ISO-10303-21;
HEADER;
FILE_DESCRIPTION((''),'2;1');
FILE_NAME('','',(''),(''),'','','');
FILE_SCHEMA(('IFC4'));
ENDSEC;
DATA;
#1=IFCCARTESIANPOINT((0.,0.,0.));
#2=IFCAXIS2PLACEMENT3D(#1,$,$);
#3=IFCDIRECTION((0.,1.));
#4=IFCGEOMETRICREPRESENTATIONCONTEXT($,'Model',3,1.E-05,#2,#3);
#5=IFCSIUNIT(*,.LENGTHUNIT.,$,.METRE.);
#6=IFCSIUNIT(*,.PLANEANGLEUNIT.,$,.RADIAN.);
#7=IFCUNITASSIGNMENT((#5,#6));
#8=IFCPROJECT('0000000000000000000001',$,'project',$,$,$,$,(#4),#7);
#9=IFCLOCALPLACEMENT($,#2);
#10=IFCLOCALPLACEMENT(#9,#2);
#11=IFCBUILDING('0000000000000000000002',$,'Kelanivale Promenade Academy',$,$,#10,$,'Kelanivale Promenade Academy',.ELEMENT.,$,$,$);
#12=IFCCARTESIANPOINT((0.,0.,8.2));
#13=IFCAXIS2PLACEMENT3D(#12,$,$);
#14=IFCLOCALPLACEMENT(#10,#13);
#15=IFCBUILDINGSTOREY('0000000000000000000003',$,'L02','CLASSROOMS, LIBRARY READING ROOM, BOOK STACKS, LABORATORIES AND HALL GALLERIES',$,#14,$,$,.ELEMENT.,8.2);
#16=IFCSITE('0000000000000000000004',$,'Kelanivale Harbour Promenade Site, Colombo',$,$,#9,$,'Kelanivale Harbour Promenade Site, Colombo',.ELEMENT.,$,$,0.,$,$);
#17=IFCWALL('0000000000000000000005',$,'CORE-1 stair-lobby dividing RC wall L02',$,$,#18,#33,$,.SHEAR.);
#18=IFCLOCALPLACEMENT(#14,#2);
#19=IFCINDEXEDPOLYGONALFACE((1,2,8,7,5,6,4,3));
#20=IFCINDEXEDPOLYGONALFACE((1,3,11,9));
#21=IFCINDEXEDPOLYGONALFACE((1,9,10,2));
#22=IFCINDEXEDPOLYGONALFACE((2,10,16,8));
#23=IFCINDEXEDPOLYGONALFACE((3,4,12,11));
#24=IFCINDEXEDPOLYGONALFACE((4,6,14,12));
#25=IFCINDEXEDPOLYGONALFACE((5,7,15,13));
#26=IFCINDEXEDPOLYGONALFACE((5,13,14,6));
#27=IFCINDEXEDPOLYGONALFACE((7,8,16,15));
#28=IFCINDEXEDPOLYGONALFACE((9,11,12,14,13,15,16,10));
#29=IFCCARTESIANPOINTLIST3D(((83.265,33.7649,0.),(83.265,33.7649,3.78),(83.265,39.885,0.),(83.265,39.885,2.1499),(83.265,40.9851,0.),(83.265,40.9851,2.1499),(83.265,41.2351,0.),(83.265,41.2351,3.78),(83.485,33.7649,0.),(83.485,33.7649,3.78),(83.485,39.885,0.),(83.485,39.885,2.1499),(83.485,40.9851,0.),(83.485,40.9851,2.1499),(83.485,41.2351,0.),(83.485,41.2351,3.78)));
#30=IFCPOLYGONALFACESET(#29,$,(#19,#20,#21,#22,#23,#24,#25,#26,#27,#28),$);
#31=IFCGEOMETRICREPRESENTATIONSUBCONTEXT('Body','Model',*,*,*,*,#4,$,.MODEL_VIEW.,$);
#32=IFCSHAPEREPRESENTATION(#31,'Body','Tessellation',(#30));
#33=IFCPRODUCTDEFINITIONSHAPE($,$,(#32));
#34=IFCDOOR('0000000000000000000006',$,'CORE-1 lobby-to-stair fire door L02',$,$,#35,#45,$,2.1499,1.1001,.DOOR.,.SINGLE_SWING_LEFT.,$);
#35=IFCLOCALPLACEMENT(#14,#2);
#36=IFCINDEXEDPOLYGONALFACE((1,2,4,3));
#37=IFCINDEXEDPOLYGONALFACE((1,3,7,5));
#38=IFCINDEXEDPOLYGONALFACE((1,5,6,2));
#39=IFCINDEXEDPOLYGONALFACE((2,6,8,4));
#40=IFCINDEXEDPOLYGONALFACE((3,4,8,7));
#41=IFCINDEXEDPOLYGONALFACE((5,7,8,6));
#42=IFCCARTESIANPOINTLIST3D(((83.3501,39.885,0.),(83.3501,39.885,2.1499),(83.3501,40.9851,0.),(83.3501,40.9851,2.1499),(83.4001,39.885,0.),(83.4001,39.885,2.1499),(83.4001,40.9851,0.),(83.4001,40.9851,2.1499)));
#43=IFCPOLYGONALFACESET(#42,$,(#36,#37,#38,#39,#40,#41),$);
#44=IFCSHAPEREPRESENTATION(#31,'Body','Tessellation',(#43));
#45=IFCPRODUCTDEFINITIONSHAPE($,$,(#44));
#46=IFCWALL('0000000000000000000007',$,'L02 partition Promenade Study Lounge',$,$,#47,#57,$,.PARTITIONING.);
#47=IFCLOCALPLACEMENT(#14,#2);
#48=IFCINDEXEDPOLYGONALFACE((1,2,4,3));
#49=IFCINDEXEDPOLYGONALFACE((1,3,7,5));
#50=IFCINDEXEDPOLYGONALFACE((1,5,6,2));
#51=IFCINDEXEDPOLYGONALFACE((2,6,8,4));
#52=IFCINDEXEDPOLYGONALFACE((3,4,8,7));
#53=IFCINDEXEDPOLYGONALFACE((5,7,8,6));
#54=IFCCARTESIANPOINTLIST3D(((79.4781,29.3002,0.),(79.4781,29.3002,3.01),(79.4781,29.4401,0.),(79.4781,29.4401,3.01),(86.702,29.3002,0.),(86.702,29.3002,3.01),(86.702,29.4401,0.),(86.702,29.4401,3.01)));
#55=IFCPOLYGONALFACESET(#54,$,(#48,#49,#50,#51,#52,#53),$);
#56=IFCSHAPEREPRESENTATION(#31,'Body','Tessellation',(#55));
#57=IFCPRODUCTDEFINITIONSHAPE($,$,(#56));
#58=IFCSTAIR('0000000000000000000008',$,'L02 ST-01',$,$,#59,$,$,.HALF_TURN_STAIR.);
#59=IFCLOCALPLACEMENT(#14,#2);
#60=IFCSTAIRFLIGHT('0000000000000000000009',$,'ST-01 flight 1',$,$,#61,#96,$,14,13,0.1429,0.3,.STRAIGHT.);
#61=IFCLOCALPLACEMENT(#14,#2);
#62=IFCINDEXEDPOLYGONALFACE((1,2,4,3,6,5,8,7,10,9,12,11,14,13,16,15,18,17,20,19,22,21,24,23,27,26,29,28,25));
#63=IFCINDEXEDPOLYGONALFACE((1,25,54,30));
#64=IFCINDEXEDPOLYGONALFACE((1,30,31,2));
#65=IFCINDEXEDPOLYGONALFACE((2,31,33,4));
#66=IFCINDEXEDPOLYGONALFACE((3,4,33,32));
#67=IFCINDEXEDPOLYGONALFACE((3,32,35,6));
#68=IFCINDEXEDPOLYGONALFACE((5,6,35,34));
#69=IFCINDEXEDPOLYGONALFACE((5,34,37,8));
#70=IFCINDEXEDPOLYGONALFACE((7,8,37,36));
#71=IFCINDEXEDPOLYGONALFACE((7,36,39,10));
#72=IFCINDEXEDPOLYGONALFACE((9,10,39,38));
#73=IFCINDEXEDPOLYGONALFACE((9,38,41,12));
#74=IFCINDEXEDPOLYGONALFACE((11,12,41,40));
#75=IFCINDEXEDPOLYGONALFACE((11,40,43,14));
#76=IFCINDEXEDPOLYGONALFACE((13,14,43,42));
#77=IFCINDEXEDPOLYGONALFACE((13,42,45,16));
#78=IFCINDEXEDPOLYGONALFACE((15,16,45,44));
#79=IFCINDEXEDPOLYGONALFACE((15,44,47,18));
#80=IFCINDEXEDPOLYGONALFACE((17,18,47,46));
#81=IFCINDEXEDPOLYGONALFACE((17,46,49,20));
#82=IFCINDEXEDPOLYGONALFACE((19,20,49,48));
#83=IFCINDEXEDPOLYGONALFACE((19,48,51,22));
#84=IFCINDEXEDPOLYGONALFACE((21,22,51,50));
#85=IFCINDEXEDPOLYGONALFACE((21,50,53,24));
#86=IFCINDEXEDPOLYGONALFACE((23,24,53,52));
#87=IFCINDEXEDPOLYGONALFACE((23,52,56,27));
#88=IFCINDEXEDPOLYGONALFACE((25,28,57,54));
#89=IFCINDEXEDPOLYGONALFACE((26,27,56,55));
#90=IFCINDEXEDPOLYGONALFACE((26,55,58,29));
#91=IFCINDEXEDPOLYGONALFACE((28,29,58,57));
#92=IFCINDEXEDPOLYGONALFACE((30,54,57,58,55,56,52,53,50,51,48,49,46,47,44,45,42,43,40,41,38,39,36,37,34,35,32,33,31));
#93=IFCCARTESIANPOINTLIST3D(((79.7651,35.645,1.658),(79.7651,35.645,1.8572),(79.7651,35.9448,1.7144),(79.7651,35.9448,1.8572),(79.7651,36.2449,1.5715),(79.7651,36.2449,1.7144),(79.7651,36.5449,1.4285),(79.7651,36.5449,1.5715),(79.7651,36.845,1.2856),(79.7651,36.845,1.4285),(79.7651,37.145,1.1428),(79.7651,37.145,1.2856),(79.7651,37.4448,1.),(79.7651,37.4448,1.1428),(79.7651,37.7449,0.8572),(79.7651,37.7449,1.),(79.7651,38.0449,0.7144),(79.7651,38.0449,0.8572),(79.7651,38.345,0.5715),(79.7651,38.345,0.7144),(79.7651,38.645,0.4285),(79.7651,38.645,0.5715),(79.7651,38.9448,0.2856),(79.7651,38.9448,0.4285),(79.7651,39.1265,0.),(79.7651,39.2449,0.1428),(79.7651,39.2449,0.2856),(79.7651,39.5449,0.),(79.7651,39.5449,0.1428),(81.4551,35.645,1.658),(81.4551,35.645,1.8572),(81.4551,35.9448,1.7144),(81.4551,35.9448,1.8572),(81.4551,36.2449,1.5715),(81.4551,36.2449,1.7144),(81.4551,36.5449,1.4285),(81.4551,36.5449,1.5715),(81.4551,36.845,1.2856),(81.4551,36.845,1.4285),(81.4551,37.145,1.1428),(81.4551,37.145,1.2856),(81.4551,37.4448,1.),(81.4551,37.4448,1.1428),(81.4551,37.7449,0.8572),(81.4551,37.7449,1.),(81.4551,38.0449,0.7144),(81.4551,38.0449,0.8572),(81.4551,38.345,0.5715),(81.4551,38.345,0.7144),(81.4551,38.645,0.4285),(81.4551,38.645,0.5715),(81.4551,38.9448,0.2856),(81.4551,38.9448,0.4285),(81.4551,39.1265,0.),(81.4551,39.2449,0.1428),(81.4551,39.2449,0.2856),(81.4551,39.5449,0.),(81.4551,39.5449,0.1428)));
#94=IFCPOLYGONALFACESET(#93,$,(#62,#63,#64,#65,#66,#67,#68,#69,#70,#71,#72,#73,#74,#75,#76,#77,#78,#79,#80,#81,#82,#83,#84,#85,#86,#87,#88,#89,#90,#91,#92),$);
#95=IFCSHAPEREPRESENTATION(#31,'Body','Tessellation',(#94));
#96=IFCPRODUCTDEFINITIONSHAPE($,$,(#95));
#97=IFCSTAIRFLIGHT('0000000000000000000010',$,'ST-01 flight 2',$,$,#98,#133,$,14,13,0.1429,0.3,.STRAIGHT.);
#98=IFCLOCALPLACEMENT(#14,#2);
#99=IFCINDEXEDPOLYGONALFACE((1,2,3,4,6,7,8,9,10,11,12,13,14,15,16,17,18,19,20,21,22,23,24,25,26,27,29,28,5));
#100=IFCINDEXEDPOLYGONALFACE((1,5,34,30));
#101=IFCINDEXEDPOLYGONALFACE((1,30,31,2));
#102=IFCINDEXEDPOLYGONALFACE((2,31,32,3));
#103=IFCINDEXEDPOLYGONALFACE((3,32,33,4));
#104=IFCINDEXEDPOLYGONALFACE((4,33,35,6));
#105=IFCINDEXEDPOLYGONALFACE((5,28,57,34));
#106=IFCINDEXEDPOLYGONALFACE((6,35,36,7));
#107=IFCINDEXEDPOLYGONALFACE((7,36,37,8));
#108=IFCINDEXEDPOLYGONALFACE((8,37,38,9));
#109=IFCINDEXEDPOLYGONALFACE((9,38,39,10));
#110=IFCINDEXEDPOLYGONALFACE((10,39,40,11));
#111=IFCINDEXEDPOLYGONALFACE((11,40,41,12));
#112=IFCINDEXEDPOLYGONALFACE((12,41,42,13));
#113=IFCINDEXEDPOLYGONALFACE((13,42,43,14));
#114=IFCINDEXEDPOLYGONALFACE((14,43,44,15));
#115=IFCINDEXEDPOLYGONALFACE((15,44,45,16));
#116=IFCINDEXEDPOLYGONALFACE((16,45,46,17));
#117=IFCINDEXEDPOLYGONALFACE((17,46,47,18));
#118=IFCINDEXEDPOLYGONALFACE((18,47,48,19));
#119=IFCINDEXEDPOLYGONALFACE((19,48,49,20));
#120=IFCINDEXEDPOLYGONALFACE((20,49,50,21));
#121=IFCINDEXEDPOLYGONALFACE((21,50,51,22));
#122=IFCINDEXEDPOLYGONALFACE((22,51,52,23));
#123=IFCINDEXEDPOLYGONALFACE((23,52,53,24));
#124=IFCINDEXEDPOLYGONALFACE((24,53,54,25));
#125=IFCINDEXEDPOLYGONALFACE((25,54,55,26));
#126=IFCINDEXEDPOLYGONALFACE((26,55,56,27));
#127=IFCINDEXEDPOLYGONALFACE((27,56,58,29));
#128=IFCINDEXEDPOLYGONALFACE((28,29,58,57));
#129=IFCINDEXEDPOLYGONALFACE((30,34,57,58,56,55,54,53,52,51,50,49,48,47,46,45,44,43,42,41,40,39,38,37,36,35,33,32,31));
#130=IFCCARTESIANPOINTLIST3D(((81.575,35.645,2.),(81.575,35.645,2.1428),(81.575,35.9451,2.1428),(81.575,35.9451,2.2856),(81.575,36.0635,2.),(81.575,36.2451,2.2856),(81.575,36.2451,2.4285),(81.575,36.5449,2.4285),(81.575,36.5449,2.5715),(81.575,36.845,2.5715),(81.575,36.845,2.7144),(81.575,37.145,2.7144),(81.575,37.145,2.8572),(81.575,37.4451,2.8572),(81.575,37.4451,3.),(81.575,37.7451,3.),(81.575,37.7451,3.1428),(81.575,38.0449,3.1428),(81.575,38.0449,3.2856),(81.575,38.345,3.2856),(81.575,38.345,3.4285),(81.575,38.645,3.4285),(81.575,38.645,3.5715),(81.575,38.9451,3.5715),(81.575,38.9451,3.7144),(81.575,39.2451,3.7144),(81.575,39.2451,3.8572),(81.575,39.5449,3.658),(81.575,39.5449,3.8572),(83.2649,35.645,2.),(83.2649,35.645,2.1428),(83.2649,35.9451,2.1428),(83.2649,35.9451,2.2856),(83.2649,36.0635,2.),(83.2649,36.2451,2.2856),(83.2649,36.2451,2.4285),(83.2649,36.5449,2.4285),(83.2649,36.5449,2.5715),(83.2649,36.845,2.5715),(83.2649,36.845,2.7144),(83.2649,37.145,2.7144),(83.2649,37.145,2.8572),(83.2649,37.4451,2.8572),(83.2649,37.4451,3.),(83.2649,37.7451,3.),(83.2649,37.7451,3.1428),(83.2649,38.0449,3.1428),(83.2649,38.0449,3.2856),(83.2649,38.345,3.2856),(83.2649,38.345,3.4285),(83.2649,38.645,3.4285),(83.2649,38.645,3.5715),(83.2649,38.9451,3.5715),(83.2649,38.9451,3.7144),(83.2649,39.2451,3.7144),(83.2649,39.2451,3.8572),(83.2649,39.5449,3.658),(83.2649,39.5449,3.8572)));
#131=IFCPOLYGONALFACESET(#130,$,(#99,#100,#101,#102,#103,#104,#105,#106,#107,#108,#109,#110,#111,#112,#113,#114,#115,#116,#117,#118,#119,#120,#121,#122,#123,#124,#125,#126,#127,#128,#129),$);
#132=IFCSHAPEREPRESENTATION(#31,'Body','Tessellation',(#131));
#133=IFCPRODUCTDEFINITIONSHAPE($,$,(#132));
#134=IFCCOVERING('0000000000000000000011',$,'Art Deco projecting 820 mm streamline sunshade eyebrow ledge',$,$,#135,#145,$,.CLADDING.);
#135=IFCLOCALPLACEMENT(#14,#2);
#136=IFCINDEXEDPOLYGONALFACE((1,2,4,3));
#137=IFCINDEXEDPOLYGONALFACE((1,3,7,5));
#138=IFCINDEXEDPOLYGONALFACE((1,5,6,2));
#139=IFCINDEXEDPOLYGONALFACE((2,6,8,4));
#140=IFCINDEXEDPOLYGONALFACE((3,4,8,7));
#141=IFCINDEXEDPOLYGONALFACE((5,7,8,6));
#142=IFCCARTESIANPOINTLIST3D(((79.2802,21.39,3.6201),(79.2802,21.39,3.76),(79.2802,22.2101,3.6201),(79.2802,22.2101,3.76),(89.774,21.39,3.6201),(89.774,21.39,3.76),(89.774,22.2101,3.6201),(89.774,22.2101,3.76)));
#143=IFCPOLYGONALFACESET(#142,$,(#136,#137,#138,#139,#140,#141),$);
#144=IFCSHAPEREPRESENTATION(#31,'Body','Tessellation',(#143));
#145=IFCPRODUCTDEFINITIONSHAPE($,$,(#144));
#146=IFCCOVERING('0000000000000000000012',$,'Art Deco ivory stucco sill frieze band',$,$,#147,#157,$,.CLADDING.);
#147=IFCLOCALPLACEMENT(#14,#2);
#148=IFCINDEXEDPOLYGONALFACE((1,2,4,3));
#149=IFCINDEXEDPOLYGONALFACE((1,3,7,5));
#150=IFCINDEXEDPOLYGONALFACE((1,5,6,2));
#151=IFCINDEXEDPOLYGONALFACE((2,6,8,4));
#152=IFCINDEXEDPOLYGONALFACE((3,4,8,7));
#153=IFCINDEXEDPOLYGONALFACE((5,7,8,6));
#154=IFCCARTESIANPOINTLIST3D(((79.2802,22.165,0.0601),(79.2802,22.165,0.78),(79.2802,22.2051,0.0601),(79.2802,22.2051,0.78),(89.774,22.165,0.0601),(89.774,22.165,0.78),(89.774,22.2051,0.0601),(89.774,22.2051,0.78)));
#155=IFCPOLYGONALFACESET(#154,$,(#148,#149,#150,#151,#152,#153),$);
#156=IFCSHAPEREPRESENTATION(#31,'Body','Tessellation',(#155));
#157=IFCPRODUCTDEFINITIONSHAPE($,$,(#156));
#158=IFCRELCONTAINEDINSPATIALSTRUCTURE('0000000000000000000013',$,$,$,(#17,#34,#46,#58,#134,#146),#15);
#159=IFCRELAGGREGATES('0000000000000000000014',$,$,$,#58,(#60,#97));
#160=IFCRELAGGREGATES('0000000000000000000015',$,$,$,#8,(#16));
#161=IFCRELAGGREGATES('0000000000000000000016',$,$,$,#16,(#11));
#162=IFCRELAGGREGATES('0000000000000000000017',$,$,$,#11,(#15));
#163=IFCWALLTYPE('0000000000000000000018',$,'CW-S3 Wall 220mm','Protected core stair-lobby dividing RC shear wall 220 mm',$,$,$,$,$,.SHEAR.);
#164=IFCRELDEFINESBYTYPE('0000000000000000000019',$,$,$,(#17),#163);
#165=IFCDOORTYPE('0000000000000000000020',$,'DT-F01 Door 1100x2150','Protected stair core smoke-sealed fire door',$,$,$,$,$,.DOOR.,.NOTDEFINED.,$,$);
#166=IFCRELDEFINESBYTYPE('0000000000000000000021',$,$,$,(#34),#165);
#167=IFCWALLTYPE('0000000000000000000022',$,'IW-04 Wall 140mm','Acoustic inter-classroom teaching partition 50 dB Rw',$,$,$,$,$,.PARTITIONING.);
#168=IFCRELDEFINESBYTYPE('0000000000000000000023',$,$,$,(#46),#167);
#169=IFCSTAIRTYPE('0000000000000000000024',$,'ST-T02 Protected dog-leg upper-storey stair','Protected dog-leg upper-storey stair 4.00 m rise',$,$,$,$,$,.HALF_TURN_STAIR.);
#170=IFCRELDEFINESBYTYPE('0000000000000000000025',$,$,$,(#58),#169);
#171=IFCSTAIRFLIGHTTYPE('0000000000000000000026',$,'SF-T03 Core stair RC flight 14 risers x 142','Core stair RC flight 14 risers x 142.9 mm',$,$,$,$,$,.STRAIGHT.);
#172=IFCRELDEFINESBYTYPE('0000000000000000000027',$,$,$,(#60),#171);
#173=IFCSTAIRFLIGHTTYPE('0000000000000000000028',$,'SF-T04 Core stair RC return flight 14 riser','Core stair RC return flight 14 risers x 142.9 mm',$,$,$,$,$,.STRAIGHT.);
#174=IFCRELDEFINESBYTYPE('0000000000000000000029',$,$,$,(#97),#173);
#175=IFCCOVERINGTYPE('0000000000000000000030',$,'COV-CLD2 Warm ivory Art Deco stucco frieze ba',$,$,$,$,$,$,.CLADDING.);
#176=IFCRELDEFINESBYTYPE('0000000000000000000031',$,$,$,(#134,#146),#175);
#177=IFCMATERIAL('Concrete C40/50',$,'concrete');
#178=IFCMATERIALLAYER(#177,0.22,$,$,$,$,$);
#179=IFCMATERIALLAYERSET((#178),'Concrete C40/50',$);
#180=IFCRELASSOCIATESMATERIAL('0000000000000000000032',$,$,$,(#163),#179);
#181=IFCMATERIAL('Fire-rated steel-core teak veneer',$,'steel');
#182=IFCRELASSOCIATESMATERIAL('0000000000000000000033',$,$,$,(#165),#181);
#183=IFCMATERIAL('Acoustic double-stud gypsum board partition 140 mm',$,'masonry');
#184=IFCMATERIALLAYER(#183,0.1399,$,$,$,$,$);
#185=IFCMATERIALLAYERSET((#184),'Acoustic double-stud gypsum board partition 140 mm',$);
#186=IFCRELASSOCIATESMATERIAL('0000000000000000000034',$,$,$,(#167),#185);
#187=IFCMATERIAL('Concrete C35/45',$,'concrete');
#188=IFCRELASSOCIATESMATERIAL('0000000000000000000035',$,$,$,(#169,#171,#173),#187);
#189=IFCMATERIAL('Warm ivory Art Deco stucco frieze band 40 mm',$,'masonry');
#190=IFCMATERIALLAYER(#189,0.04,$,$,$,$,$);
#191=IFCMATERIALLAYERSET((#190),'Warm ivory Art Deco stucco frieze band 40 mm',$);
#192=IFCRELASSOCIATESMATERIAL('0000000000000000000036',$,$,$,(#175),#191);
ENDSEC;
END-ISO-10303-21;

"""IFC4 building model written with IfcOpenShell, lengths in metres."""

from ifc_helpers import new_model, si_unit, direction, frame, frame_2d, origin, origin_2d, place, context, subcontext, project, spatial, polyline, rectangle, outline, extrude, material, layer, layer_set, type_object, element, fill, aggregate, save


model = new_model("IFC4")

# Units and contexts
model_context = context("Model", 3, precision=1e-05, world=origin(), true_north=direction((0.0, 1.0)))
body_context = subcontext(model_context, "Body", "Model", "MODEL_VIEW")
ifc_project = project(units=[si_unit("LENGTHUNIT", "METRE"), si_unit("PLANEANGLEUNIT", "RADIAN")], contexts=[model_context])

# Site, building, storey
site_placement = place(None, origin())
site = spatial("IfcSite", under=ifc_project, at=site_placement, Name="Kelanivale Harbour Promenade Site, Colombo", LongName="Kelanivale Harbour Promenade Site, Colombo", CompositionType="ELEMENT", RefElevation=0.0)
building_placement = place(site_placement, origin())
building = spatial("IfcBuilding", under=site, at=building_placement, Name="Kelanivale Promenade Academy", LongName="Kelanivale Promenade Academy", CompositionType="ELEMENT")
storey_placement = place(building_placement, frame((0.0, 0.0, 8.2)))
storey = spatial("IfcBuildingStorey", under=building, at=storey_placement, Name="L02", Description="CLASSROOMS, LIBRARY READING ROOM, BOOK STACKS, LABORATORIES AND HALL GALLERIES", CompositionType="ELEMENT", Elevation=8.2)

# Shared definitions
ifc_material_1 = material(Name="Concrete C40/50", Category="concrete")

# Shared definitions
ifc_material_2 = material(Name="Concrete C35/45", Category="concrete")

# Shared definitions
ifc_material_3 = material(Name="Fire-rated steel-core teak veneer", Category="steel")

# Wall, opening, door
ifc_layer_1 = layer(ifc_material_1, 0.22)
ifc_layer_set_1 = layer_set([ifc_layer_1], Name="Concrete C40/50")
wall_type_1 = type_object("IfcWallType", Name="CW-S3 Wall 220mm", Description="Protected core stair-lobby dividing RC shear wall 220 mm", PredefinedType="SHEAR", material=ifc_layer_set_1)
wall_1_placement = place(storey_placement, frame((83.375, 33.7649, 0.0), z_axis=(0.0, 0.0, 1.0), x_axis=(0.0, 1.0, 0.0)))
wall_1 = element("IfcWall", 1, at=wall_1_placement, inside=storey, type_object=wall_type_1, Name="CORE-1 stair-lobby dividing RC wall L02", PredefinedType="SHEAR", context=body_context, shape_type="SweptSolid", body=[
    extrude(rectangle(XDim=7.4702, YDim=0.22, at=frame_2d((3.7351, 0.0))), origin(), (0.0, 0.0, 1.0), 3.78),
])
opening_1_placement = place(wall_1_placement, frame((6.1201, 0.0, 0.0)))
opening_1 = element("IfcOpeningElement", 2, at=opening_1_placement, cuts=wall_1, PredefinedType="OPENING", context=body_context, shape_type="SweptSolid", body=[
    extrude(rectangle(XDim=1.1001, YDim=2.1499, at=frame_2d((0.55, 1.075))), frame((0.0, 0.1201, 0.0), z_axis=(0.0, -1.0, 0.0), x_axis=(1.0, 0.0, 0.0)), (0.0, 0.0, 1.0), 0.24),
])
door_type_1 = type_object("IfcDoorType", Name="DT-F01 Door 1100x2150", Description="Protected stair core smoke-sealed fire door", OperationType="NOTDEFINED", PredefinedType="DOOR", material=ifc_material_3)
door_1_placement = place(opening_1_placement, origin())
door_1 = element("IfcDoor", 3, at=door_1_placement, inside=storey, type_object=door_type_1, Name="CORE-1 lobby-to-stair fire door L02", OperationType="SINGLE_SWING_LEFT", OverallHeight=2.1499, OverallWidth=1.1001, PredefinedType="DOOR", context=body_context, shape_type="SweptSolid", body=[
    extrude(rectangle(XDim=1.1001, YDim=2.1499, at=frame_2d((0.55, 1.075))), frame((0.0, 0.0249, 0.0), z_axis=(0.0, -1.0, 0.0), x_axis=(1.0, 0.0, 0.0)), (0.0, 0.0, 1.0), 0.05),
])
fill(opening_1, door_1)

# Wall
ifc_material_4 = material(Name="Acoustic double-stud gypsum board partition 140 mm", Category="masonry")
ifc_layer_2 = layer(ifc_material_4, 0.1399)
ifc_layer_set_2 = layer_set([ifc_layer_2], Name="Acoustic double-stud gypsum board partition 140 mm")
wall_type_2 = type_object("IfcWallType", Name="IW-04 Wall 140mm", Description="Acoustic inter-classroom teaching partition 50 dB Rw", PredefinedType="PARTITIONING", material=ifc_layer_set_2)
wall_2_placement = place(storey_placement, frame((86.7019, 29.3701, 0.0), z_axis=(0.0, 0.0, 1.0), x_axis=(-1.0, 0.0, 0.0)))
element("IfcWall", 4, at=wall_2_placement, inside=storey, type_object=wall_type_2, Name="L02 partition Promenade Study Lounge", PredefinedType="PARTITIONING", context=body_context, shape_type="SweptSolid", body=[
    extrude(rectangle(XDim=7.2239, YDim=0.1399, at=frame_2d((3.6118, 0.0))), origin(), (0.0, 0.0, 1.0), 3.01),
])

# Stair, stair flights
stair_type = type_object("IfcStairType", Name="ST-T02 Protected dog-leg upper-storey stair", Description="Protected dog-leg upper-storey stair 4.00 m rise", PredefinedType="HALF_TURN_STAIR", material=ifc_material_2)
stair_placement = place(storey_placement, origin())
stair = element("IfcStair", 5, at=stair_placement, inside=storey, type_object=stair_type, Name="L02 ST-01", PredefinedType="HALF_TURN_STAIR")
stair_flight_type_1 = type_object("IfcStairFlightType", Name="SF-T03 Core stair RC flight 14 risers x 142", Description="Core stair RC flight 14 risers x 142.9 mm", PredefinedType="STRAIGHT", material=ifc_material_2)
stair_flight_1_placement = place(storey_placement, frame((80.6101, 39.5449, 0.0), z_axis=(0.0, 0.0, 1.0), x_axis=(0.0, -1.0, 0.0)))
stair_flight_1 = element("IfcStairFlight", 6, at=stair_flight_1_placement, type_object=stair_flight_type_1, Name="ST-01 flight 1", NumberOfRisers=14, NumberOfTreads=13, PredefinedType="STRAIGHT", RiserHeight=0.1429, TreadLength=0.3, context=body_context, shape_type="SweptSolid", body=[
    extrude(outline(polyline([(0.0, 0.0), (0.0, 0.1428), (0.3, 0.1428), (0.3, 0.2856), (0.6001, 0.2856), (0.6001, 0.4285), (0.8999, 0.4285), (0.8999, 0.5715), (1.2, 0.5715), (1.2, 0.7144), (1.5, 0.7144), (1.5, 0.8572), (1.8, 0.8572), (1.8, 1.0), (2.1001, 1.0), (2.1001, 1.1428), (2.3999, 1.1428), (2.3999, 1.2856), (2.7, 1.2856), (2.7, 1.4285), (3.0, 1.4285), (3.0, 1.5715), (3.3, 1.5715), (3.3, 1.7144), (3.6001, 1.7144), (3.6001, 1.8572), (3.8999, 1.8572), (3.8999, 2.0), (3.8999, 1.658), (0.4185, 0.0), (0.0, 0.0)])), frame((0.0, 0.845, 0.0), z_axis=(0.0, -1.0, 0.0), x_axis=(1.0, 0.0, 0.0)), (0.0, 0.0, 1.0), 1.6899),
])
stair_flight_type_2 = type_object("IfcStairFlightType", Name="SF-T04 Core stair RC return flight 14 riser", Description="Core stair RC return flight 14 risers x 142.9 mm", PredefinedType="STRAIGHT", material=ifc_material_2)
stair_flight_2_placement = place(storey_placement, frame((82.4199, 35.645, 2.0), z_axis=(0.0, 0.0, 1.0), x_axis=(0.0, 1.0, 0.0)))
stair_flight_2 = element("IfcStairFlight", 7, at=stair_flight_2_placement, type_object=stair_flight_type_2, Name="ST-01 flight 2", NumberOfRisers=14, NumberOfTreads=13, PredefinedType="STRAIGHT", RiserHeight=0.1429, TreadLength=0.3, context=body_context, shape_type="SweptSolid", body=[
    extrude(outline(polyline([(0.0, 0.0), (0.0, 0.1428), (0.3, 0.1428), (0.3, 0.2856), (0.6001, 0.2856), (0.6001, 0.4285), (0.8999, 0.4285), (0.8999, 0.5715), (1.2, 0.5715), (1.2, 0.7144), (1.5, 0.7144), (1.5, 0.8572), (1.8, 0.8572), (1.8, 1.0), (2.1001, 1.0), (2.1001, 1.1428), (2.3999, 1.1428), (2.3999, 1.2856), (2.7, 1.2856), (2.7, 1.4285), (3.0, 1.4285), (3.0, 1.5715), (3.3, 1.5715), (3.3, 1.7144), (3.6001, 1.7144), (3.6001, 1.8572), (3.8999, 1.8572), (3.8999, 2.0), (3.8999, 1.658), (0.4185, 0.0), (0.0, 0.0)])), frame((0.0, 0.845, 0.0), z_axis=(0.0, -1.0, 0.0), x_axis=(1.0, 0.0, 0.0)), (0.0, 0.0, 1.0), 1.6899),
])
aggregate(stair, [stair_flight_1, stair_flight_2])

# Coverings
ifc_material_5 = material(Name="Warm ivory Art Deco stucco frieze band 40 mm", Category="masonry")
ifc_layer_3 = layer(ifc_material_5, 0.04)
ifc_layer_set_3 = layer_set([ifc_layer_3], Name="Warm ivory Art Deco stucco frieze band 40 mm")
covering_type = type_object("IfcCoveringType", Name="COV-CLD2 Warm ivory Art Deco stucco frieze ba", PredefinedType="CLADDING", material=ifc_layer_set_3)
covering_1_placement = place(storey_placement, frame((84.5271, 21.8, 3.6201), z_axis=(0.0, 0.0, 1.0), x_axis=(1.0, 0.0, 0.0)))
element("IfcCovering", 8, at=covering_1_placement, inside=storey, type_object=covering_type, Name="Art Deco projecting 820 mm streamline sunshade eyebrow ledge", PredefinedType="CLADDING", context=body_context, shape_type="SweptSolid", body=[
    extrude(rectangle(XDim=10.4939, YDim=0.8201, at=origin_2d()), origin(), (0.0, 0.0, 1.0), 0.1399),
])
covering_2_placement = place(storey_placement, frame((84.5271, 22.1851, 0.0601), z_axis=(0.0, 0.0, 1.0), x_axis=(1.0, 0.0, 0.0)))
element("IfcCovering", 9, at=covering_2_placement, inside=storey, type_object=covering_type, Name="Art Deco ivory stucco sill frieze band", PredefinedType="CLADDING", context=body_context, shape_type="SweptSolid", body=[
    extrude(rectangle(XDim=10.4939, YDim=0.04, at=origin_2d()), origin(), (0.0, 0.0, 1.0), 0.72),
])

save(model, "model.ifc")
